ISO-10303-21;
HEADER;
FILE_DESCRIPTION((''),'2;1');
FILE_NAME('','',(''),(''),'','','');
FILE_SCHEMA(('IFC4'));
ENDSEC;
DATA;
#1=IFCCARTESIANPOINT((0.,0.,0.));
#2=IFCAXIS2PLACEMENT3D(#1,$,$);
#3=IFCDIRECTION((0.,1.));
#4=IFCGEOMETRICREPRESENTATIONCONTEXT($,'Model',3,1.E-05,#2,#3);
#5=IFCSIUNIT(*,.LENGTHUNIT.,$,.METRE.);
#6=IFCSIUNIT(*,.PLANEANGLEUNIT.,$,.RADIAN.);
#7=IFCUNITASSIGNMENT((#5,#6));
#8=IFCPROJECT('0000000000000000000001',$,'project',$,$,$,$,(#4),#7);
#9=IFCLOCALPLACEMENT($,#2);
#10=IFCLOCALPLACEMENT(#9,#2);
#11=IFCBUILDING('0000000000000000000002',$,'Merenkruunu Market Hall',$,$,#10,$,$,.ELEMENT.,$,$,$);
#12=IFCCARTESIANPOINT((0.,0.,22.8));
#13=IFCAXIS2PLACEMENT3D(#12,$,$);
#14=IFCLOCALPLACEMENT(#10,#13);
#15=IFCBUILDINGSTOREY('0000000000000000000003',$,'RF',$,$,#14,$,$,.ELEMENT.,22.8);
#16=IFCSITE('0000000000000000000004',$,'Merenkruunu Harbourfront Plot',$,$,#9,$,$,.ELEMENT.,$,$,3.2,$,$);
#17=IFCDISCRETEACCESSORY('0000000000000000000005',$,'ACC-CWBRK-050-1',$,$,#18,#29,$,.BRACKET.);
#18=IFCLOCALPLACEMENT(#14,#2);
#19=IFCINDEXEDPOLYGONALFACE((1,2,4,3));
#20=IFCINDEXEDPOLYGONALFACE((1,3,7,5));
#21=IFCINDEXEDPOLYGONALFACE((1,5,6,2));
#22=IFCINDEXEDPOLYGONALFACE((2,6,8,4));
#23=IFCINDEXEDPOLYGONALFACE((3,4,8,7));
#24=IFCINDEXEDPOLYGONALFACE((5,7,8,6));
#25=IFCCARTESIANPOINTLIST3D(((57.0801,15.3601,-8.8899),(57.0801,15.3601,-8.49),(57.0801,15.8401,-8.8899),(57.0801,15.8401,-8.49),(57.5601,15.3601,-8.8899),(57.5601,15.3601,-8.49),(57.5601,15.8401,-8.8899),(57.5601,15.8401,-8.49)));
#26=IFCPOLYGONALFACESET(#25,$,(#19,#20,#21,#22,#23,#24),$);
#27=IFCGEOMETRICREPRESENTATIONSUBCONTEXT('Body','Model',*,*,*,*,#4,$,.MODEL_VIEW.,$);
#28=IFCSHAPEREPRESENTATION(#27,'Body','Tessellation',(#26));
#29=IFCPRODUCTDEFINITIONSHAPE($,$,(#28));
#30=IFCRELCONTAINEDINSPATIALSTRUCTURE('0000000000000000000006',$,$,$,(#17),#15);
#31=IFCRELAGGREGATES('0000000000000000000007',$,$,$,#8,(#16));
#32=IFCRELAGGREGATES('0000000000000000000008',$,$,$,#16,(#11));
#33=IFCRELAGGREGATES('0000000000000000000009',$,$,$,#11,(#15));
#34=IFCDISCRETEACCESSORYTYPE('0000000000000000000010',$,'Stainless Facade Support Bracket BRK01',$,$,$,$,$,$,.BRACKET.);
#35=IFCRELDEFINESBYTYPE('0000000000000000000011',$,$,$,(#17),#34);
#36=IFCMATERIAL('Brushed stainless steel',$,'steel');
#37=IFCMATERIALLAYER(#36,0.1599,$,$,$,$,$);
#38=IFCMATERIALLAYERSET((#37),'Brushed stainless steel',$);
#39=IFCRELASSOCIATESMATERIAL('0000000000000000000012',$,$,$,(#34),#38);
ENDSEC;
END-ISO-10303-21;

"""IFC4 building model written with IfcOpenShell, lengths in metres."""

from ifc_helpers import new_model, si_unit, direction, frame, origin, origin_2d, place, context, subcontext, project, spatial, rectangle, extrude, material, layer, layer_set, type_object, element, save


model = new_model("IFC4")

# Units and contexts
model_context = context("Model", 3, precision=1e-05, world=origin(), true_north=direction((0.0, 1.0)))
body_context = subcontext(model_context, "Body", "Model", "MODEL_VIEW")
ifc_project = project(units=[si_unit("LENGTHUNIT", "METRE"), si_unit("PLANEANGLEUNIT", "RADIAN")], contexts=[model_context])

# Site, building, storey
site_placement = place(None, origin())
site = spatial("IfcSite", under=ifc_project, at=site_placement, Name="Merenkruunu Harbourfront Plot", CompositionType="ELEMENT", RefElevation=3.2)
building_placement = place(site_placement, origin())
building = spatial("IfcBuilding", under=site, at=building_placement, Name="Merenkruunu Market Hall", CompositionType="ELEMENT")
storey_placement = place(building_placement, frame((0.0, 0.0, 22.8)))
storey = spatial("IfcBuildingStorey", under=building, at=storey_placement, Name="RF", CompositionType="ELEMENT", Elevation=22.8)

# Discrete accessory
ifc_material_1 = material(Name="Brushed stainless steel", Category="steel")
ifc_layer_1 = layer(ifc_material_1, 0.1599)
ifc_layer_set_1 = layer_set([ifc_layer_1], Name="Brushed stainless steel")
discrete_accessory_type = type_object("IfcDiscreteAccessoryType", Name="Stainless Facade Support Bracket BRK01", PredefinedType="BRACKET", material=ifc_layer_set_1)
discrete_accessory_placement = place(storey_placement, frame((57.3201, 15.6001, -8.8899), z_axis=(0.0, 0.0, 1.0), x_axis=(1.0, 0.0, 0.0)))
element("IfcDiscreteAccessory", 1, at=discrete_accessory_placement, inside=storey, type_object=discrete_accessory_type, Name="ACC-CWBRK-050-1", PredefinedType="BRACKET", context=body_context, shape_type="SweptSolid", body=[
    extrude(rectangle(XDim=0.48, YDim=0.48, at=origin_2d()), origin(), (0.0, 0.0, 1.0), 0.3999),
])

save(model, "model.ifc")
